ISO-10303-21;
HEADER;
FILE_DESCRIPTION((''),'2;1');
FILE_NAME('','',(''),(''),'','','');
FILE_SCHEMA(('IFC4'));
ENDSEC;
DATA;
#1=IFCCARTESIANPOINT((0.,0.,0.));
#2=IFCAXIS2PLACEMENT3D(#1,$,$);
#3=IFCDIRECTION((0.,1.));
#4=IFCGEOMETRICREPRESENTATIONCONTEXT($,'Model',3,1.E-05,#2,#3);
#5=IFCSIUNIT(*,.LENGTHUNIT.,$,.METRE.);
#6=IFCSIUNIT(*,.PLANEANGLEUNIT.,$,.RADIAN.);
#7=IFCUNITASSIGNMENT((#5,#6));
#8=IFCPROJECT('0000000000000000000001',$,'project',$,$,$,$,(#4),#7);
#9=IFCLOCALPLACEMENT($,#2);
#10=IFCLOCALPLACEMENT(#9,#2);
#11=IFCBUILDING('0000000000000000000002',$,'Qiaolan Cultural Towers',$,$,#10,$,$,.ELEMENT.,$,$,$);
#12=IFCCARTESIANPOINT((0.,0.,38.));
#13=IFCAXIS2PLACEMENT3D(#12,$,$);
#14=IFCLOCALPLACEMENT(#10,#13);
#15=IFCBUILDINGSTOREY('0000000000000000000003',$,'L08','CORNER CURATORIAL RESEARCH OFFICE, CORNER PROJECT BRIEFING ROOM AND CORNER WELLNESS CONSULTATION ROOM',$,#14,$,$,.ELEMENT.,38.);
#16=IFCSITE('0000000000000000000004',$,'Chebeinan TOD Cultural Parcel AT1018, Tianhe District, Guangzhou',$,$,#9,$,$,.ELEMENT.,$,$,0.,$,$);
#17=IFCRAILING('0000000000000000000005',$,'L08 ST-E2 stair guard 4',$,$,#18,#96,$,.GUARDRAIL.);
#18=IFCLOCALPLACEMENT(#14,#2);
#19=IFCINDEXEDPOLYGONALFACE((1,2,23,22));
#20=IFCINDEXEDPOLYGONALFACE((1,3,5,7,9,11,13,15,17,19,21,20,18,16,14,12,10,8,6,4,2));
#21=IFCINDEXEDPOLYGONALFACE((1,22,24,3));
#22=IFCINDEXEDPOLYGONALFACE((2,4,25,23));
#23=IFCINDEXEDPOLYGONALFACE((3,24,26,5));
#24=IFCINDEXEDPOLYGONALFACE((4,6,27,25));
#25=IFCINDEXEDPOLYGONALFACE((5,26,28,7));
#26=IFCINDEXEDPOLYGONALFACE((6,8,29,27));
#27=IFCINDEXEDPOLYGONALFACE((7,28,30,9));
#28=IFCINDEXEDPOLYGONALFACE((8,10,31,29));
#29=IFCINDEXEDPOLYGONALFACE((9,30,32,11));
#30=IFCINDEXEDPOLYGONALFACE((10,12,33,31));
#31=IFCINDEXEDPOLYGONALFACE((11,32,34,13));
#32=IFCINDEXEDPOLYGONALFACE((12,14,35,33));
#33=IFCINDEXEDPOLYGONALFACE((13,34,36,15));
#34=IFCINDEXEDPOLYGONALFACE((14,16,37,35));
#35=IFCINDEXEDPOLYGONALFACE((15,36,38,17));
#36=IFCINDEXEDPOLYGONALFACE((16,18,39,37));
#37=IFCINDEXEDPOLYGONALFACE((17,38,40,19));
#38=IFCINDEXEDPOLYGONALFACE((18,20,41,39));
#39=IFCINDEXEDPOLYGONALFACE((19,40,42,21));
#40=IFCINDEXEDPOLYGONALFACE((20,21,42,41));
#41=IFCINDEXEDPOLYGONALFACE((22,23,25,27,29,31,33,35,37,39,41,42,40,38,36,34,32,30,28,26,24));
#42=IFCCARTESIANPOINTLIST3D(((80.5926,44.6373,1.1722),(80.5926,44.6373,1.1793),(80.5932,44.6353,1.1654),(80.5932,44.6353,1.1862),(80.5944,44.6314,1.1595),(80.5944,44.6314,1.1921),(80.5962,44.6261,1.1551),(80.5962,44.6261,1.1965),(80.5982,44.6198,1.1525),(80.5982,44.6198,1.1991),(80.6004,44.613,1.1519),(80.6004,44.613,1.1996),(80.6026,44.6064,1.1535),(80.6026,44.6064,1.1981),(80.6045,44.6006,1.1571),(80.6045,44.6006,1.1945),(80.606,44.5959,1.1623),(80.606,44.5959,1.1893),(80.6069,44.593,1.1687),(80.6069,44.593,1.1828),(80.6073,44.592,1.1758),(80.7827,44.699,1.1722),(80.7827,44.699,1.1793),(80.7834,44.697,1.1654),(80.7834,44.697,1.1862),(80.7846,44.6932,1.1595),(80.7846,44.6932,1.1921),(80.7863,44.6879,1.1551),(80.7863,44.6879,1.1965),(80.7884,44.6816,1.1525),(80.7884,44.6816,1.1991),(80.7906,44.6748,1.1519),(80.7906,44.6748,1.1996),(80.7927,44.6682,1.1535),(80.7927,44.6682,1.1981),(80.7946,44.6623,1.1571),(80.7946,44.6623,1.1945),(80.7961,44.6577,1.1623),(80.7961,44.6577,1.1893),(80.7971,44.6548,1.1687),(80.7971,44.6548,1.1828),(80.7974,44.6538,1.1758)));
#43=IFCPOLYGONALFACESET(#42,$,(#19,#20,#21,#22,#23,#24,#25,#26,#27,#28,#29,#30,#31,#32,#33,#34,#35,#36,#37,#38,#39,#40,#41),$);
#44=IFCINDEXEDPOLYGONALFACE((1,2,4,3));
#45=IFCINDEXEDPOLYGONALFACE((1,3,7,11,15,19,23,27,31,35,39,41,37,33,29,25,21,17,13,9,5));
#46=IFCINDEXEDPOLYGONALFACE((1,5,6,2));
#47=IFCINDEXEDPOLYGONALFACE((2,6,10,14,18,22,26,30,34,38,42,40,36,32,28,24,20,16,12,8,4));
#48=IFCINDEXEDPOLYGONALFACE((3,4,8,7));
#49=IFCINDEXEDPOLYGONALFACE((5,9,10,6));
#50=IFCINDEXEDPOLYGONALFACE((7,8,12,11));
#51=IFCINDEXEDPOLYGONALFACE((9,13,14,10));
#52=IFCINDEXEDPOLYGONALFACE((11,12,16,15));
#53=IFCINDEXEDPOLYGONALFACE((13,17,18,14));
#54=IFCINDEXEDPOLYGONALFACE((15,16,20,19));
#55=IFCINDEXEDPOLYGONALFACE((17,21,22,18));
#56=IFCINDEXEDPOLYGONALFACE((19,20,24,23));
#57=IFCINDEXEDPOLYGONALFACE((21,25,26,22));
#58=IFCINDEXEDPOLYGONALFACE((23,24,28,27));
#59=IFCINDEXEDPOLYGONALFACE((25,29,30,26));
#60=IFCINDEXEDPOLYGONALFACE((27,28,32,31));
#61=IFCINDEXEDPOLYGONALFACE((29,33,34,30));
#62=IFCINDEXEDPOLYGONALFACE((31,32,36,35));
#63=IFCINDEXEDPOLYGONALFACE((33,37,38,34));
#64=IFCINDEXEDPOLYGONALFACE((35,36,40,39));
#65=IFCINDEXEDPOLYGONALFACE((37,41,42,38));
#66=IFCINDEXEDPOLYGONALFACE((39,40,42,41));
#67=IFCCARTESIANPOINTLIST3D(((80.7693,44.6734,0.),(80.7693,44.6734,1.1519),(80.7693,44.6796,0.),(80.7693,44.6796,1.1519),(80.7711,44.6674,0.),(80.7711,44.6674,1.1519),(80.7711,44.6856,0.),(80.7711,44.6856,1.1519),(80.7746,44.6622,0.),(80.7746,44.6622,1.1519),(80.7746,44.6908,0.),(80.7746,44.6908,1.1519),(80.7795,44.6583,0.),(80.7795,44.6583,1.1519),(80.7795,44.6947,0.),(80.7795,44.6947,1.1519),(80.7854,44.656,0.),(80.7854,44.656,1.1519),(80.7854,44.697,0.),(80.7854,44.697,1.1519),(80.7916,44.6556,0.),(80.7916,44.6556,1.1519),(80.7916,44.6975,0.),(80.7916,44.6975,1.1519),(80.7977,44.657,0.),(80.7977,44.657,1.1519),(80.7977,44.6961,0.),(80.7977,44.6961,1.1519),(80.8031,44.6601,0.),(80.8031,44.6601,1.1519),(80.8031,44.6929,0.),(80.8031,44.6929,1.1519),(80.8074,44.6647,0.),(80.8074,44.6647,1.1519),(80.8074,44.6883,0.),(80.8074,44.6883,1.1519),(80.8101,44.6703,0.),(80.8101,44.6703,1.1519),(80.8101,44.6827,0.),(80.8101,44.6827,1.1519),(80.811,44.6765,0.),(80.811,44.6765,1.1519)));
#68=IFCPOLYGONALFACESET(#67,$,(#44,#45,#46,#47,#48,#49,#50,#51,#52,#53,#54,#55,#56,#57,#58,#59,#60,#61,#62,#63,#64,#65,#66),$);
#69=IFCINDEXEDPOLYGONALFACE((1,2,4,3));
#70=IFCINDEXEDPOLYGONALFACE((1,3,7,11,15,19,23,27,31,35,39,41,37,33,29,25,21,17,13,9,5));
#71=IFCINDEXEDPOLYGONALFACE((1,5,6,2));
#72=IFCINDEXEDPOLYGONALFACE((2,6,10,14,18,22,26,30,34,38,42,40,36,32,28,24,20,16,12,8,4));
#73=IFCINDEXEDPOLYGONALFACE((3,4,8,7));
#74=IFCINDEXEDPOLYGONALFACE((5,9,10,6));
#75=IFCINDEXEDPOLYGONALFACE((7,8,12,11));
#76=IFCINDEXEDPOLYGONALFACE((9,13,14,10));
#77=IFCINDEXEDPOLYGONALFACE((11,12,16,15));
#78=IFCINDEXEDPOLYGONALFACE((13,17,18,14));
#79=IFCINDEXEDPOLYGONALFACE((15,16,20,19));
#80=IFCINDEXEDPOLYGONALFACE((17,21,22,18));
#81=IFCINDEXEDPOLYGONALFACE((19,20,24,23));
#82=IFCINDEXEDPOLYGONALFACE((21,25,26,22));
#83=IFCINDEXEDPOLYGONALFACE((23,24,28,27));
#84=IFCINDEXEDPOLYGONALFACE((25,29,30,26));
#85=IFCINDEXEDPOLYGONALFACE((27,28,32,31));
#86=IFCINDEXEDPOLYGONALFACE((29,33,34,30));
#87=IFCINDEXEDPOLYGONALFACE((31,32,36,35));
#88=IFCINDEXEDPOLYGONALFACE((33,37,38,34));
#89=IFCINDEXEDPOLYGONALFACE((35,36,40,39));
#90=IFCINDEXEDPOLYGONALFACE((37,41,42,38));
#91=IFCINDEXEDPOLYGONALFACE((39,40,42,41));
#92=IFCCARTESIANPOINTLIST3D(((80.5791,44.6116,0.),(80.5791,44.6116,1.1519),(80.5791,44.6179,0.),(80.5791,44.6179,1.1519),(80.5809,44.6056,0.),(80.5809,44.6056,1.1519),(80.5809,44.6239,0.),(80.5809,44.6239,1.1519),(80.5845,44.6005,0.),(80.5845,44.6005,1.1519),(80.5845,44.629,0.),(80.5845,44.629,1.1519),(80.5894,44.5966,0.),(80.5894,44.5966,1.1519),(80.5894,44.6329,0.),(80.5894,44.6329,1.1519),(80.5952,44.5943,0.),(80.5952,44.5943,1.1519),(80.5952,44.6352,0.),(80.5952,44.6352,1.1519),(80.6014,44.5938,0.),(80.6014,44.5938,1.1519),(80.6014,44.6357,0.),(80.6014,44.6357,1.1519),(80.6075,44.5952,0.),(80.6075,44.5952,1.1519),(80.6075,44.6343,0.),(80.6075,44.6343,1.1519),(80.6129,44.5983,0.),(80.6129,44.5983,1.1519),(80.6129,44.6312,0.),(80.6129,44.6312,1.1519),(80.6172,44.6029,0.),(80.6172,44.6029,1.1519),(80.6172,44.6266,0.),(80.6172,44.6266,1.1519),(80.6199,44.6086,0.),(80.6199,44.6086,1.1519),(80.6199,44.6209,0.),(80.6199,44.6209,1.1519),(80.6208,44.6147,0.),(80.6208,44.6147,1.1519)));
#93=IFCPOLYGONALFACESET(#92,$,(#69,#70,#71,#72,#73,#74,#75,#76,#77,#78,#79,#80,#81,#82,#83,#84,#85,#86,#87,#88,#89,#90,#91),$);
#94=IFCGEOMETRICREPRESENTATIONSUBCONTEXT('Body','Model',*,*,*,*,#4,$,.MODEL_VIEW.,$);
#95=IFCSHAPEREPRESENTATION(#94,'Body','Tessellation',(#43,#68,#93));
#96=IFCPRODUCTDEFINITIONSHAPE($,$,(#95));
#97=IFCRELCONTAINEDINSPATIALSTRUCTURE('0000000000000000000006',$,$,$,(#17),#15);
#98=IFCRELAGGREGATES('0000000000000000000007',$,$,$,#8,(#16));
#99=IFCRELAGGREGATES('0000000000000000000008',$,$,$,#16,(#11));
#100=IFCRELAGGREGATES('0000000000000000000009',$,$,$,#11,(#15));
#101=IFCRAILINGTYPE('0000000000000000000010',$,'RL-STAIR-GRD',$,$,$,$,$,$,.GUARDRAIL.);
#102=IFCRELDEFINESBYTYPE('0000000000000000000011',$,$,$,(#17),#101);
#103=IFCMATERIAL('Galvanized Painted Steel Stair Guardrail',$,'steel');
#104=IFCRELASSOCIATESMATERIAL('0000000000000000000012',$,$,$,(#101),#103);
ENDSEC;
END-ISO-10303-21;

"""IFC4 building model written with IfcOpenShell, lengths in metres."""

from ifc_helpers import new_model, si_unit, direction, frame, origin, origin_2d, place, context, subcontext, project, spatial, circle, extrude, material, type_object, element, save


model = new_model("IFC4")

# Units and contexts
model_context = context("Model", 3, precision=1e-05, world=origin(), true_north=direction((0.0, 1.0)))
body_context = subcontext(model_context, "Body", "Model", "MODEL_VIEW")
ifc_project = project(units=[si_unit("LENGTHUNIT", "METRE"), si_unit("PLANEANGLEUNIT", "RADIAN")], contexts=[model_context])

# Site, building, storey
site_placement = place(None, origin())
site = spatial("IfcSite", under=ifc_project, at=site_placement, Name="Chebeinan TOD Cultural Parcel AT1018, Tianhe District, Guangzhou", CompositionType="ELEMENT", RefElevation=0.0)
building_placement = place(site_placement, origin())
building = spatial("IfcBuilding", under=site, at=building_placement, Name="Qiaolan Cultural Towers", CompositionType="ELEMENT")
storey_placement = place(building_placement, frame((0.0, 0.0, 38.0)))
storey = spatial("IfcBuildingStorey", under=building, at=storey_placement, Name="L08", Description="CORNER CURATORIAL RESEARCH OFFICE, CORNER PROJECT BRIEFING ROOM AND CORNER WELLNESS CONSULTATION ROOM", CompositionType="ELEMENT", Elevation=38.0)

# Railing
ifc_material_1 = material(Name="Galvanized Painted Steel Stair Guardrail", Category="steel")
railing_type_1 = type_object("IfcRailingType", Name="RL-STAIR-GRD", PredefinedType="GUARDRAIL", material=ifc_material_1)
railing_1_placement = place(storey_placement, frame((80.79, 44.6765, 0.0)))
element("IfcRailing", 1, at=railing_1_placement, inside=storey, type_object=railing_type_1, Name="L08 ST-E2 stair guard 4", PredefinedType="GUARDRAIL", context=body_context, shape_type="SweptSolid", body=[
    extrude(circle(Radius=0.0239, at=origin_2d()), frame((0.0, 0.0, 1.1758), z_axis=(-0.951097, -0.308893, 0.0), x_axis=(0.308893, -0.951097, 0.0)), (0.0, 0.0, 1.0), 0.2),
    extrude(circle(Radius=0.021, at=origin_2d()), origin(), (0.0, 0.0, 1.0), 1.1519),
    extrude(circle(Radius=0.021, at=origin_2d()), frame((-0.1902, -0.0618, 0.0)), (0.0, 0.0, 1.0), 1.1519),
])

save(model, "model.ifc")
